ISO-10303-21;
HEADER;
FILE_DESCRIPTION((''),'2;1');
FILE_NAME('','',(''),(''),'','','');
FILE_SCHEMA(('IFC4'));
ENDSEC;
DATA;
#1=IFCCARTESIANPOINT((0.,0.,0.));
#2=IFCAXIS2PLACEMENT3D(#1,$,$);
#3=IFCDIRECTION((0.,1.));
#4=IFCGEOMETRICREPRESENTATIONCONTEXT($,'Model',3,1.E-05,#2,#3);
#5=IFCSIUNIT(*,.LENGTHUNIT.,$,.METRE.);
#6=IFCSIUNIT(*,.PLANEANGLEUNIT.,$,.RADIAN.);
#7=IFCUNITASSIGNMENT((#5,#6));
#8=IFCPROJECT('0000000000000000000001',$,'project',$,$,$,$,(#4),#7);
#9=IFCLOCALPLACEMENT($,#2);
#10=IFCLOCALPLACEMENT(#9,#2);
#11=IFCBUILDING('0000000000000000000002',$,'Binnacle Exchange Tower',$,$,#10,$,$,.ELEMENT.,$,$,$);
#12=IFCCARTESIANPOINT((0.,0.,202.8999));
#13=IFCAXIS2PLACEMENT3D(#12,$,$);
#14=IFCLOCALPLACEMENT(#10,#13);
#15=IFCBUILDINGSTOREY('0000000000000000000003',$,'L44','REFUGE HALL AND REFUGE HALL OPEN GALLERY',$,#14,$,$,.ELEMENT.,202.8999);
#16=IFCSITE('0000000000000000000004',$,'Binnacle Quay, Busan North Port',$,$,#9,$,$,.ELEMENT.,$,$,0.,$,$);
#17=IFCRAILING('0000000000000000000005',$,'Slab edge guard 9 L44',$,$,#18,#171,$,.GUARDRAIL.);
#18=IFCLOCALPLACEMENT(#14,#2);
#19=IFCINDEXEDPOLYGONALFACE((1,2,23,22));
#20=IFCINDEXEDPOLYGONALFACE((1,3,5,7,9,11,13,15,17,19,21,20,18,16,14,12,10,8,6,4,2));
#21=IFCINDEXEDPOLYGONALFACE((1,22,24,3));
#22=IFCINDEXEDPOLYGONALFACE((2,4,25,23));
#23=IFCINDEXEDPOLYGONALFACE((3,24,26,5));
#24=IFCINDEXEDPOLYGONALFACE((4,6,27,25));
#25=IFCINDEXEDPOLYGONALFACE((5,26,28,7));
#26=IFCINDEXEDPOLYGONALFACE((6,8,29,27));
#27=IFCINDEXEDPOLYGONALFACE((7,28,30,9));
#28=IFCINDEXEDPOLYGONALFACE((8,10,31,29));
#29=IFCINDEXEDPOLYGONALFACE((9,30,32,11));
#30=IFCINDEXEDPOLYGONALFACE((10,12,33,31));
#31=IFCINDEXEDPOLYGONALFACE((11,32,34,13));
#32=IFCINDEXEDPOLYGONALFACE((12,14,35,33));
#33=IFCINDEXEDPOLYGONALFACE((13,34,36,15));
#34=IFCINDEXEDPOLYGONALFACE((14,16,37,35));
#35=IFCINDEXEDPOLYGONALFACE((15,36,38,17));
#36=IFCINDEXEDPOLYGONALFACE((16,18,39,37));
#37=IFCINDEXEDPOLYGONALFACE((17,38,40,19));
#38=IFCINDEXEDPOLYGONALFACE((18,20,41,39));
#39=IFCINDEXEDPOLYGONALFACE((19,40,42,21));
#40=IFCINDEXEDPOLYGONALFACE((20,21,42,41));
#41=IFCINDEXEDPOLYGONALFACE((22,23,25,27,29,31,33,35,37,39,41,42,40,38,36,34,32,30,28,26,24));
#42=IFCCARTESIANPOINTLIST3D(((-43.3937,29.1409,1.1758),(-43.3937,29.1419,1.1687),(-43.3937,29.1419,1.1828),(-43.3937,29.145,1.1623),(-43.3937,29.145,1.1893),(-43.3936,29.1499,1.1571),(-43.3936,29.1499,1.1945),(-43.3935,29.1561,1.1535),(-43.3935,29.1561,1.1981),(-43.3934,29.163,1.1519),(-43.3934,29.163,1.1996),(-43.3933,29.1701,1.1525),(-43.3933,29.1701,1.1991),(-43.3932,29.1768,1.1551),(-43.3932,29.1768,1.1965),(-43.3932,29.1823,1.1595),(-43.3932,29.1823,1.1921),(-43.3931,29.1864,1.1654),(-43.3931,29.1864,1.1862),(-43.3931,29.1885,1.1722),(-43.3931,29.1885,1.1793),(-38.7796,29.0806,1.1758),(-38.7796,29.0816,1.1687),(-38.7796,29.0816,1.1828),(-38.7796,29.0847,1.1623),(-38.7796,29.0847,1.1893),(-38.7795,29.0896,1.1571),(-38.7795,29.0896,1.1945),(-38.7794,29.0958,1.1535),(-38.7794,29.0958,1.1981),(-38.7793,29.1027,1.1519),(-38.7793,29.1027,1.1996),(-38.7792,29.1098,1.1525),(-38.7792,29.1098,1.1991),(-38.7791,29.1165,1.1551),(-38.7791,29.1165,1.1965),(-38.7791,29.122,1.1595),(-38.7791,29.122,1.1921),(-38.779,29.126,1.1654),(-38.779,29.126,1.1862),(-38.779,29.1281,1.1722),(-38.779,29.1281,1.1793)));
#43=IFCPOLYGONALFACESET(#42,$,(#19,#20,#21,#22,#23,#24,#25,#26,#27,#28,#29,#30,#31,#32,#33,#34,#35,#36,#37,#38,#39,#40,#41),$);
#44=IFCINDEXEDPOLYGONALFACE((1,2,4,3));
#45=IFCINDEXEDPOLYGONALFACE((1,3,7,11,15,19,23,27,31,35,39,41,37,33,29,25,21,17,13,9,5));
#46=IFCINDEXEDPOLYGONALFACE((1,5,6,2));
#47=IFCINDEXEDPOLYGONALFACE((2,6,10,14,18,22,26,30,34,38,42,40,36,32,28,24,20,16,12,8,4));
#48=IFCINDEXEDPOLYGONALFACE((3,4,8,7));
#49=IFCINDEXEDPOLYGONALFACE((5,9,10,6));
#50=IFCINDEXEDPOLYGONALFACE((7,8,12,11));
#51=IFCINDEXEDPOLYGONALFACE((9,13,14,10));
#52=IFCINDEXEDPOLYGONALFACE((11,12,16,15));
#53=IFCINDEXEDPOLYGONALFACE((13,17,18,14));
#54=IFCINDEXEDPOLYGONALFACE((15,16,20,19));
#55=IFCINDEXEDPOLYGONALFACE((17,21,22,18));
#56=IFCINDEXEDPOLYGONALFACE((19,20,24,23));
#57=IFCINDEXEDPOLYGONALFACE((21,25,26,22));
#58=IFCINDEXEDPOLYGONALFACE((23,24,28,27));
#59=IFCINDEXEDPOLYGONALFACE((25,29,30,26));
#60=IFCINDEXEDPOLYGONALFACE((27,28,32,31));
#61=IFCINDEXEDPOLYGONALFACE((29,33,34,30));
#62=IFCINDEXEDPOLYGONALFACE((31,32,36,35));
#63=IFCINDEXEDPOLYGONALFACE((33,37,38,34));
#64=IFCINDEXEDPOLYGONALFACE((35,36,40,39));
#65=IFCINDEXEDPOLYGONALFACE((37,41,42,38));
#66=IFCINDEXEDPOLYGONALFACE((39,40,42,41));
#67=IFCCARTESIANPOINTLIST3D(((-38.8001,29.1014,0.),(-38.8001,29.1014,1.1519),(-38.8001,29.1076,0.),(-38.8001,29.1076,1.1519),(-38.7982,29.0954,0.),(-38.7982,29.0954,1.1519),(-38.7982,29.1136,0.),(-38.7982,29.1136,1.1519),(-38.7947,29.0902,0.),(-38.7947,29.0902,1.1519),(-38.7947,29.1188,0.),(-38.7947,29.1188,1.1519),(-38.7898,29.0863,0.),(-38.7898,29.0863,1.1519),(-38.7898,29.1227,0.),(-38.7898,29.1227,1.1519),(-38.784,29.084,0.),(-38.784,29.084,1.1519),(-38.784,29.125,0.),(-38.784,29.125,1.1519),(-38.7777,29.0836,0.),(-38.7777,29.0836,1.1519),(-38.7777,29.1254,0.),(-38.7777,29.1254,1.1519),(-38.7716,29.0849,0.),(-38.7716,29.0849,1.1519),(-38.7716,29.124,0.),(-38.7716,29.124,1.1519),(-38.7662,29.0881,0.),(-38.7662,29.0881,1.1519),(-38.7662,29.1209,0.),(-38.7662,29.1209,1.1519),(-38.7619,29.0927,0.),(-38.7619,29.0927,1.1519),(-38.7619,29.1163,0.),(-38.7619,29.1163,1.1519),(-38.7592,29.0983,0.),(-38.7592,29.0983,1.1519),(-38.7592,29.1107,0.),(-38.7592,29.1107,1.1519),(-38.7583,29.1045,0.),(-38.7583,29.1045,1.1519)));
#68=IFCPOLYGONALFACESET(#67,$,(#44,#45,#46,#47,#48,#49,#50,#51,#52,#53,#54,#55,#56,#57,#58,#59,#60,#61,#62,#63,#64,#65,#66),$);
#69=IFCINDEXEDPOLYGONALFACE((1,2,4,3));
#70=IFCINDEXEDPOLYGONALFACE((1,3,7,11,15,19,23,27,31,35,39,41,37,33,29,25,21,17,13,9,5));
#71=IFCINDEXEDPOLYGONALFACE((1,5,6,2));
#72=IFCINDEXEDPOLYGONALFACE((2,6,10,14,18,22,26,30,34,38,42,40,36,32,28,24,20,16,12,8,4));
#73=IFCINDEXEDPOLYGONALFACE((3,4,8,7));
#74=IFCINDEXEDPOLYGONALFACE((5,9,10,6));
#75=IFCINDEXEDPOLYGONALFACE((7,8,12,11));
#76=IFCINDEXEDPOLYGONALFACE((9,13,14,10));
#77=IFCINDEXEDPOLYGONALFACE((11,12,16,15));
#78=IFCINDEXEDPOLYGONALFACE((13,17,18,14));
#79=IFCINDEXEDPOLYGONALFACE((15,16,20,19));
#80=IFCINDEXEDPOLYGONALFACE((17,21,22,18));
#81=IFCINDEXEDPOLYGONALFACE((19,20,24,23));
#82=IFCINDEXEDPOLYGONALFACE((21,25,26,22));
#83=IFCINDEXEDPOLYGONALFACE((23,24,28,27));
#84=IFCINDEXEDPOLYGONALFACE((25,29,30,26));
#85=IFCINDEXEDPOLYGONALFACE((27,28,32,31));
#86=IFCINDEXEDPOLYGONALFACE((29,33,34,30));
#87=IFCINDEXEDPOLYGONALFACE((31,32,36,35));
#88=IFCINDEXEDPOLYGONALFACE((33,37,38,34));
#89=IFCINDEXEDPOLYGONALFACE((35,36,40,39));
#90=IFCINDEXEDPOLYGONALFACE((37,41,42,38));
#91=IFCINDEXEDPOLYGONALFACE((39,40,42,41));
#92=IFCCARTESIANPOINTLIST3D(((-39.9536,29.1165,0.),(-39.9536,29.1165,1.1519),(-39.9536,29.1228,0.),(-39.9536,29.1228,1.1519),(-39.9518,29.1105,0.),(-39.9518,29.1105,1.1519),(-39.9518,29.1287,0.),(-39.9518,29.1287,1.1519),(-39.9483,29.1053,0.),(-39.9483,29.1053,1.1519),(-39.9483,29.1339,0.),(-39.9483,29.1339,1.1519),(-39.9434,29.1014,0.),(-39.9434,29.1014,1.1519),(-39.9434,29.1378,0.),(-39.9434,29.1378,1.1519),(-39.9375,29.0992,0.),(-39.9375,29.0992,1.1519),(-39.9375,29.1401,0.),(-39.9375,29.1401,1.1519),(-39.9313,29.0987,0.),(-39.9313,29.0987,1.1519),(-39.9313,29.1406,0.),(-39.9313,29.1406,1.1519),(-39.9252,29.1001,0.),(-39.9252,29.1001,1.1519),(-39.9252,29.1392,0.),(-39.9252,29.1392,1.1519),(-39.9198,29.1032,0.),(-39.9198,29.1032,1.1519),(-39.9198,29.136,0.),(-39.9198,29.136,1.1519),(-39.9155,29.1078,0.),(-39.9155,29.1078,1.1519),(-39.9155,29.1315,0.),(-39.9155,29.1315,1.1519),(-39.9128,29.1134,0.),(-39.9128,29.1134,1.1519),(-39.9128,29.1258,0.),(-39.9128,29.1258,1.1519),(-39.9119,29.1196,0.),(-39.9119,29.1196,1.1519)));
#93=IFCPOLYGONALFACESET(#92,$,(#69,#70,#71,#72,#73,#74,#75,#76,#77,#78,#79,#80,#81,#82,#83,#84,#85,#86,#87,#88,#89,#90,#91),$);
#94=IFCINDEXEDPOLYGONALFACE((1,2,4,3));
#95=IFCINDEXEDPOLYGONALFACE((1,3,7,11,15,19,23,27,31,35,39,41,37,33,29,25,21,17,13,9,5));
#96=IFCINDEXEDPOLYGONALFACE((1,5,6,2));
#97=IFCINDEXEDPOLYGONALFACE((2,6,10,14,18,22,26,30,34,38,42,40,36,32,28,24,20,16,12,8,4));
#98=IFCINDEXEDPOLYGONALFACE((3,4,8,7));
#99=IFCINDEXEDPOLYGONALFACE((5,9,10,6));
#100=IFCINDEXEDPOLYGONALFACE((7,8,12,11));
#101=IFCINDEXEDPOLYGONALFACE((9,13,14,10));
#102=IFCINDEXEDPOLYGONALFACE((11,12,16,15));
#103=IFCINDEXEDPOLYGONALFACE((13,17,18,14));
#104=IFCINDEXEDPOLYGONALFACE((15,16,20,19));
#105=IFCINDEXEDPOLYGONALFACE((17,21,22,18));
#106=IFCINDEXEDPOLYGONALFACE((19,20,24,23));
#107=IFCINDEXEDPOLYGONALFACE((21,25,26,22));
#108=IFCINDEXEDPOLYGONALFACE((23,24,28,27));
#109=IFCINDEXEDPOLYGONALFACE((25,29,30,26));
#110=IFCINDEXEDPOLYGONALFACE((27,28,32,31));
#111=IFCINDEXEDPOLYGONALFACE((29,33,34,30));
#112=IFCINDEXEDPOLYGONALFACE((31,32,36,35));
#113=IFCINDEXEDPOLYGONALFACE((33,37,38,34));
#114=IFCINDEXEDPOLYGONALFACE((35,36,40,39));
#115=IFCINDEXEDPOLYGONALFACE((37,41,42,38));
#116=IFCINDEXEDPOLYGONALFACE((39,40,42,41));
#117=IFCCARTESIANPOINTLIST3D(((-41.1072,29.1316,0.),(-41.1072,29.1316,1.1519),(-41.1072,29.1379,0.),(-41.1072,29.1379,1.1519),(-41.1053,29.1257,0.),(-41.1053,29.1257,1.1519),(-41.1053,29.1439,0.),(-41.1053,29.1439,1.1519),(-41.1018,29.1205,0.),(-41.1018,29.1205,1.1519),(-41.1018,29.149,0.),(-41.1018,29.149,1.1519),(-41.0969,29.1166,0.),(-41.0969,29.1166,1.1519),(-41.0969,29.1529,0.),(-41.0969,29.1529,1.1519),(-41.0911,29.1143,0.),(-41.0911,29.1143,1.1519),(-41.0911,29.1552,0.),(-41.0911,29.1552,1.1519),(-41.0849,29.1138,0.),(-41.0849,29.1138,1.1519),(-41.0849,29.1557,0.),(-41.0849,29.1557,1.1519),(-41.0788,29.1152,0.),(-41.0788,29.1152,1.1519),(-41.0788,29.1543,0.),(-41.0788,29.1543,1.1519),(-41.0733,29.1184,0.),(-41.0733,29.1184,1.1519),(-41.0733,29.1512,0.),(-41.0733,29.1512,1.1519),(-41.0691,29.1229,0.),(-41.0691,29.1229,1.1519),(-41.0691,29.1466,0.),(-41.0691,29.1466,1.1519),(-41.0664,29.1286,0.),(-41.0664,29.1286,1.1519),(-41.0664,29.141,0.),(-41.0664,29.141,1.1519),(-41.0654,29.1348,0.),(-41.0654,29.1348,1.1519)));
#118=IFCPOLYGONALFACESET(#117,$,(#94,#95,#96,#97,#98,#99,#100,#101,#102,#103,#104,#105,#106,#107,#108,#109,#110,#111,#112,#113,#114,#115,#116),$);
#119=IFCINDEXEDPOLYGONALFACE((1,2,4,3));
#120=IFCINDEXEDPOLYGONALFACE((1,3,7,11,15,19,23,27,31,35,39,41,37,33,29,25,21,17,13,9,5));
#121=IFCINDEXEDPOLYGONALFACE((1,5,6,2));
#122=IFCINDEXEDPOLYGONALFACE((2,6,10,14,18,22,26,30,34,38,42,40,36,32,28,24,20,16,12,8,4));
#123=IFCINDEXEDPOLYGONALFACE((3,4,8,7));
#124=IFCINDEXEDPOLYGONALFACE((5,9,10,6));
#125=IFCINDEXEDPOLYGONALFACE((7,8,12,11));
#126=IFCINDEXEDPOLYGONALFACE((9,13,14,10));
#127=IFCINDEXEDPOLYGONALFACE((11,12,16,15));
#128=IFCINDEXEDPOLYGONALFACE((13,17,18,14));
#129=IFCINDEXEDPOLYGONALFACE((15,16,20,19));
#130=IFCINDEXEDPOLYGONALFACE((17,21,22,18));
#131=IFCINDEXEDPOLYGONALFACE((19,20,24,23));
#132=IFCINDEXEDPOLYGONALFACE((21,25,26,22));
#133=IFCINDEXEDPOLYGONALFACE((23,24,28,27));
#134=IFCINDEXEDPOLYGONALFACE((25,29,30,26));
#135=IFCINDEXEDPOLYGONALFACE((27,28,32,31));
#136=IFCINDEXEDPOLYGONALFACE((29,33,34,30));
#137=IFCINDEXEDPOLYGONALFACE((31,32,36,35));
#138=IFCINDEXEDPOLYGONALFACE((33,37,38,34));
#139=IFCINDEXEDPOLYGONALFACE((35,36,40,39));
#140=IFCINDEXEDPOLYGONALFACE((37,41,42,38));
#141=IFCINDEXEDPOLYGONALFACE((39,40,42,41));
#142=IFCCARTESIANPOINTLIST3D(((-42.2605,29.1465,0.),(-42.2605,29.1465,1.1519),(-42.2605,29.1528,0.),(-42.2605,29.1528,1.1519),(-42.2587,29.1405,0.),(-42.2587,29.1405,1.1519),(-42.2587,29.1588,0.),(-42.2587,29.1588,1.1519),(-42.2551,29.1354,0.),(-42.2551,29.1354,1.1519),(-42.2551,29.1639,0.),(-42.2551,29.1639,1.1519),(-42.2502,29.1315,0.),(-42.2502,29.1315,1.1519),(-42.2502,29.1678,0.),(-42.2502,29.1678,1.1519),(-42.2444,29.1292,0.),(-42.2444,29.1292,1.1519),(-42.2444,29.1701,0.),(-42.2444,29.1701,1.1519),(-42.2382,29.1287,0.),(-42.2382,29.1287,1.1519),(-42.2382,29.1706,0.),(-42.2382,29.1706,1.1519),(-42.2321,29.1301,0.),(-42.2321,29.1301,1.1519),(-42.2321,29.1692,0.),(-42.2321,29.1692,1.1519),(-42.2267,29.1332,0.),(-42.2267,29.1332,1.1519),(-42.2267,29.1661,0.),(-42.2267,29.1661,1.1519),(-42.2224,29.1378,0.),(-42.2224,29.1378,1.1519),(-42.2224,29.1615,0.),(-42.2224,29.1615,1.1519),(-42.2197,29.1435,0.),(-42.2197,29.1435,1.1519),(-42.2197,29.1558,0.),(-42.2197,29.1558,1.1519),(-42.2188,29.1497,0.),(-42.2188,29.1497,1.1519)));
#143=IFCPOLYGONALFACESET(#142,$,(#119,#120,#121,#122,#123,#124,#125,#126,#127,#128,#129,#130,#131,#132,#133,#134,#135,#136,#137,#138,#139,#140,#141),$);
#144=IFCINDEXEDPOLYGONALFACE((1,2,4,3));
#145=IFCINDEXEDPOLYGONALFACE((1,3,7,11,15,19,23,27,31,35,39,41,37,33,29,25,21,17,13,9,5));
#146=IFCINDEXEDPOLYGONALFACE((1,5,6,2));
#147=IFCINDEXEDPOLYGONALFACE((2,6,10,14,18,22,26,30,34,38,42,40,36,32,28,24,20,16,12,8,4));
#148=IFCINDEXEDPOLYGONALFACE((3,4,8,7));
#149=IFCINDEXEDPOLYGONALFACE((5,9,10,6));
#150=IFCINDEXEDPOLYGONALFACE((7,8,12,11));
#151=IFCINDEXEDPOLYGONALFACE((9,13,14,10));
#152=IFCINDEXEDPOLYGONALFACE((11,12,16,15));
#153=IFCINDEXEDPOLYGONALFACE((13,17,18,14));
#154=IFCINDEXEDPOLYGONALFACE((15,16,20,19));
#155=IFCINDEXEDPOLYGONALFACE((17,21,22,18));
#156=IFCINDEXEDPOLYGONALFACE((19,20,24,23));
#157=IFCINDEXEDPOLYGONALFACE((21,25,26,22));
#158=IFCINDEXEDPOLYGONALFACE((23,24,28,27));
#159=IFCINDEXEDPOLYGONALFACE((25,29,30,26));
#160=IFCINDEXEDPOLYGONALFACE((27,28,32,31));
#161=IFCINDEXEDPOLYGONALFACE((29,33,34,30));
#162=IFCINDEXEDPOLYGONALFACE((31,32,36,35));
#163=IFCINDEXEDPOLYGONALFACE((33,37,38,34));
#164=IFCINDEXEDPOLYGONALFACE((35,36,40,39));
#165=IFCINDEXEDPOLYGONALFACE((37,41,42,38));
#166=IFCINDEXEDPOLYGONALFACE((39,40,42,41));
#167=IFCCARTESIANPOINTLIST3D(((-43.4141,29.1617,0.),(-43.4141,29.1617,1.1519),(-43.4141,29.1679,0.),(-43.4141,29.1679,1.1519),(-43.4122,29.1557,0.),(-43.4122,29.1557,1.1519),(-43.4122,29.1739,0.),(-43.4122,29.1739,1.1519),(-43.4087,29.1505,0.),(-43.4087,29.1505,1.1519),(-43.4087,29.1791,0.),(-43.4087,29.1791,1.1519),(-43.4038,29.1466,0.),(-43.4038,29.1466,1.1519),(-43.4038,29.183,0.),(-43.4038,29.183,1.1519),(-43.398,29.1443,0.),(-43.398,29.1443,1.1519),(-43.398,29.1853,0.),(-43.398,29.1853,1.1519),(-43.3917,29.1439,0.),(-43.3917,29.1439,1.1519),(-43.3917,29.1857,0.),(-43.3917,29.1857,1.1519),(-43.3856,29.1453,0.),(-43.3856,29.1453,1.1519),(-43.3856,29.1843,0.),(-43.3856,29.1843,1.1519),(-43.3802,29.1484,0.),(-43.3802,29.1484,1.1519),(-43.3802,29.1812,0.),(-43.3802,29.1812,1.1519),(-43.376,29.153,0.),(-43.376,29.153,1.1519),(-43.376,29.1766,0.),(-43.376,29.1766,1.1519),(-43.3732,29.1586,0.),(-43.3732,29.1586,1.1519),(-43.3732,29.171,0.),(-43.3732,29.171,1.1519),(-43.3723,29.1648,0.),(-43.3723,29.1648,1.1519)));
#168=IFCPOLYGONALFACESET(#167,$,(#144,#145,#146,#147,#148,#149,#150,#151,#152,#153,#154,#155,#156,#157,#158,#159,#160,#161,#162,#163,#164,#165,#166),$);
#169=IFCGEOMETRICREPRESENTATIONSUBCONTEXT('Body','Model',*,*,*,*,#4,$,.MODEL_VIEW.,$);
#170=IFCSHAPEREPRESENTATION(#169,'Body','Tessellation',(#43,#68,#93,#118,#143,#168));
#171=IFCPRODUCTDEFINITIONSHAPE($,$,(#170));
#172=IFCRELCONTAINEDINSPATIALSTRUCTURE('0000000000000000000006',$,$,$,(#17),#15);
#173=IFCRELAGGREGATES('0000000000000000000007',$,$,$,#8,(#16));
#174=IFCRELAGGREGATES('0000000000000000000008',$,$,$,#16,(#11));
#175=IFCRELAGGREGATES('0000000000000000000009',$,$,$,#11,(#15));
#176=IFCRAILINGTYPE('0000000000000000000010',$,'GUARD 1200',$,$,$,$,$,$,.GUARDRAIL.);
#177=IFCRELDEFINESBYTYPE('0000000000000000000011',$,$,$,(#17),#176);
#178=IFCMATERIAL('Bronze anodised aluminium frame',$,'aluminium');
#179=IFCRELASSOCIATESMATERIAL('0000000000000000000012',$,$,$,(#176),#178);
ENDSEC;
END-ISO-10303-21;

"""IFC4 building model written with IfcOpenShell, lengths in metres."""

from ifc_helpers import new_model, si_unit, direction, frame, origin, origin_2d, place, context, subcontext, project, spatial, circle, extrude, material, type_object, element, save


model = new_model("IFC4")

# Units and contexts
model_context = context("Model", 3, precision=1e-05, world=origin(), true_north=direction((0.0, 1.0)))
body_context = subcontext(model_context, "Body", "Model", "MODEL_VIEW")
ifc_project = project(units=[si_unit("LENGTHUNIT", "METRE"), si_unit("PLANEANGLEUNIT", "RADIAN")], contexts=[model_context])

# Site, building, storey
site_placement = place(None, origin())
site = spatial("IfcSite", under=ifc_project, at=site_placement, Name="Binnacle Quay, Busan North Port", CompositionType="ELEMENT", RefElevation=0.0)
building_placement = place(site_placement, origin())
building = spatial("IfcBuilding", under=site, at=building_placement, Name="Binnacle Exchange Tower", CompositionType="ELEMENT")
storey_placement = place(building_placement, frame((0.0, 0.0, 202.8999)))
storey = spatial("IfcBuildingStorey", under=building, at=storey_placement, Name="L44", Description="REFUGE HALL AND REFUGE HALL OPEN GALLERY", CompositionType="ELEMENT", Elevation=202.8999)

# Railing
ifc_material_1 = material(Name="Bronze anodised aluminium frame", Category="aluminium")
railing_type = type_object("IfcRailingType", Name="GUARD 1200", PredefinedType="GUARDRAIL", material=ifc_material_1)
railing_placement = place(storey_placement, frame((-38.7793, 29.1045, 0.0)))
element("IfcRailing", 1, at=railing_placement, inside=storey, type_object=railing_type, Name="Slab edge guard 9 L44", PredefinedType="GUARDRAIL", context=body_context, shape_type="SweptSolid", body=[
    extrude(circle(Radius=0.0239, at=origin_2d()), frame((0.0, 0.0, 1.1758), z_axis=(-0.999915, 0.013068, 0.0), x_axis=(-0.013068, -0.999915, 0.0)), (0.0, 0.0, 1.0), 4.6145),
    extrude(circle(Radius=0.021, at=origin_2d()), origin(), (0.0, 0.0, 1.0), 1.1519),
    extrude(circle(Radius=0.021, at=origin_2d()), frame((-1.1536, 0.0151, 0.0)), (0.0, 0.0, 1.0), 1.1519),
    extrude(circle(Radius=0.021, at=origin_2d()), frame((-2.3071, 0.0303, 0.0)), (0.0, 0.0, 1.0), 1.1519),
    extrude(circle(Radius=0.021, at=origin_2d()), frame((-3.4604, 0.0452, 0.0)), (0.0, 0.0, 1.0), 1.1519),
    extrude(circle(Radius=0.021, at=origin_2d()), frame((-4.614, 0.0603, 0.0)), (0.0, 0.0, 1.0), 1.1519),
])

save(model, "model.ifc")
